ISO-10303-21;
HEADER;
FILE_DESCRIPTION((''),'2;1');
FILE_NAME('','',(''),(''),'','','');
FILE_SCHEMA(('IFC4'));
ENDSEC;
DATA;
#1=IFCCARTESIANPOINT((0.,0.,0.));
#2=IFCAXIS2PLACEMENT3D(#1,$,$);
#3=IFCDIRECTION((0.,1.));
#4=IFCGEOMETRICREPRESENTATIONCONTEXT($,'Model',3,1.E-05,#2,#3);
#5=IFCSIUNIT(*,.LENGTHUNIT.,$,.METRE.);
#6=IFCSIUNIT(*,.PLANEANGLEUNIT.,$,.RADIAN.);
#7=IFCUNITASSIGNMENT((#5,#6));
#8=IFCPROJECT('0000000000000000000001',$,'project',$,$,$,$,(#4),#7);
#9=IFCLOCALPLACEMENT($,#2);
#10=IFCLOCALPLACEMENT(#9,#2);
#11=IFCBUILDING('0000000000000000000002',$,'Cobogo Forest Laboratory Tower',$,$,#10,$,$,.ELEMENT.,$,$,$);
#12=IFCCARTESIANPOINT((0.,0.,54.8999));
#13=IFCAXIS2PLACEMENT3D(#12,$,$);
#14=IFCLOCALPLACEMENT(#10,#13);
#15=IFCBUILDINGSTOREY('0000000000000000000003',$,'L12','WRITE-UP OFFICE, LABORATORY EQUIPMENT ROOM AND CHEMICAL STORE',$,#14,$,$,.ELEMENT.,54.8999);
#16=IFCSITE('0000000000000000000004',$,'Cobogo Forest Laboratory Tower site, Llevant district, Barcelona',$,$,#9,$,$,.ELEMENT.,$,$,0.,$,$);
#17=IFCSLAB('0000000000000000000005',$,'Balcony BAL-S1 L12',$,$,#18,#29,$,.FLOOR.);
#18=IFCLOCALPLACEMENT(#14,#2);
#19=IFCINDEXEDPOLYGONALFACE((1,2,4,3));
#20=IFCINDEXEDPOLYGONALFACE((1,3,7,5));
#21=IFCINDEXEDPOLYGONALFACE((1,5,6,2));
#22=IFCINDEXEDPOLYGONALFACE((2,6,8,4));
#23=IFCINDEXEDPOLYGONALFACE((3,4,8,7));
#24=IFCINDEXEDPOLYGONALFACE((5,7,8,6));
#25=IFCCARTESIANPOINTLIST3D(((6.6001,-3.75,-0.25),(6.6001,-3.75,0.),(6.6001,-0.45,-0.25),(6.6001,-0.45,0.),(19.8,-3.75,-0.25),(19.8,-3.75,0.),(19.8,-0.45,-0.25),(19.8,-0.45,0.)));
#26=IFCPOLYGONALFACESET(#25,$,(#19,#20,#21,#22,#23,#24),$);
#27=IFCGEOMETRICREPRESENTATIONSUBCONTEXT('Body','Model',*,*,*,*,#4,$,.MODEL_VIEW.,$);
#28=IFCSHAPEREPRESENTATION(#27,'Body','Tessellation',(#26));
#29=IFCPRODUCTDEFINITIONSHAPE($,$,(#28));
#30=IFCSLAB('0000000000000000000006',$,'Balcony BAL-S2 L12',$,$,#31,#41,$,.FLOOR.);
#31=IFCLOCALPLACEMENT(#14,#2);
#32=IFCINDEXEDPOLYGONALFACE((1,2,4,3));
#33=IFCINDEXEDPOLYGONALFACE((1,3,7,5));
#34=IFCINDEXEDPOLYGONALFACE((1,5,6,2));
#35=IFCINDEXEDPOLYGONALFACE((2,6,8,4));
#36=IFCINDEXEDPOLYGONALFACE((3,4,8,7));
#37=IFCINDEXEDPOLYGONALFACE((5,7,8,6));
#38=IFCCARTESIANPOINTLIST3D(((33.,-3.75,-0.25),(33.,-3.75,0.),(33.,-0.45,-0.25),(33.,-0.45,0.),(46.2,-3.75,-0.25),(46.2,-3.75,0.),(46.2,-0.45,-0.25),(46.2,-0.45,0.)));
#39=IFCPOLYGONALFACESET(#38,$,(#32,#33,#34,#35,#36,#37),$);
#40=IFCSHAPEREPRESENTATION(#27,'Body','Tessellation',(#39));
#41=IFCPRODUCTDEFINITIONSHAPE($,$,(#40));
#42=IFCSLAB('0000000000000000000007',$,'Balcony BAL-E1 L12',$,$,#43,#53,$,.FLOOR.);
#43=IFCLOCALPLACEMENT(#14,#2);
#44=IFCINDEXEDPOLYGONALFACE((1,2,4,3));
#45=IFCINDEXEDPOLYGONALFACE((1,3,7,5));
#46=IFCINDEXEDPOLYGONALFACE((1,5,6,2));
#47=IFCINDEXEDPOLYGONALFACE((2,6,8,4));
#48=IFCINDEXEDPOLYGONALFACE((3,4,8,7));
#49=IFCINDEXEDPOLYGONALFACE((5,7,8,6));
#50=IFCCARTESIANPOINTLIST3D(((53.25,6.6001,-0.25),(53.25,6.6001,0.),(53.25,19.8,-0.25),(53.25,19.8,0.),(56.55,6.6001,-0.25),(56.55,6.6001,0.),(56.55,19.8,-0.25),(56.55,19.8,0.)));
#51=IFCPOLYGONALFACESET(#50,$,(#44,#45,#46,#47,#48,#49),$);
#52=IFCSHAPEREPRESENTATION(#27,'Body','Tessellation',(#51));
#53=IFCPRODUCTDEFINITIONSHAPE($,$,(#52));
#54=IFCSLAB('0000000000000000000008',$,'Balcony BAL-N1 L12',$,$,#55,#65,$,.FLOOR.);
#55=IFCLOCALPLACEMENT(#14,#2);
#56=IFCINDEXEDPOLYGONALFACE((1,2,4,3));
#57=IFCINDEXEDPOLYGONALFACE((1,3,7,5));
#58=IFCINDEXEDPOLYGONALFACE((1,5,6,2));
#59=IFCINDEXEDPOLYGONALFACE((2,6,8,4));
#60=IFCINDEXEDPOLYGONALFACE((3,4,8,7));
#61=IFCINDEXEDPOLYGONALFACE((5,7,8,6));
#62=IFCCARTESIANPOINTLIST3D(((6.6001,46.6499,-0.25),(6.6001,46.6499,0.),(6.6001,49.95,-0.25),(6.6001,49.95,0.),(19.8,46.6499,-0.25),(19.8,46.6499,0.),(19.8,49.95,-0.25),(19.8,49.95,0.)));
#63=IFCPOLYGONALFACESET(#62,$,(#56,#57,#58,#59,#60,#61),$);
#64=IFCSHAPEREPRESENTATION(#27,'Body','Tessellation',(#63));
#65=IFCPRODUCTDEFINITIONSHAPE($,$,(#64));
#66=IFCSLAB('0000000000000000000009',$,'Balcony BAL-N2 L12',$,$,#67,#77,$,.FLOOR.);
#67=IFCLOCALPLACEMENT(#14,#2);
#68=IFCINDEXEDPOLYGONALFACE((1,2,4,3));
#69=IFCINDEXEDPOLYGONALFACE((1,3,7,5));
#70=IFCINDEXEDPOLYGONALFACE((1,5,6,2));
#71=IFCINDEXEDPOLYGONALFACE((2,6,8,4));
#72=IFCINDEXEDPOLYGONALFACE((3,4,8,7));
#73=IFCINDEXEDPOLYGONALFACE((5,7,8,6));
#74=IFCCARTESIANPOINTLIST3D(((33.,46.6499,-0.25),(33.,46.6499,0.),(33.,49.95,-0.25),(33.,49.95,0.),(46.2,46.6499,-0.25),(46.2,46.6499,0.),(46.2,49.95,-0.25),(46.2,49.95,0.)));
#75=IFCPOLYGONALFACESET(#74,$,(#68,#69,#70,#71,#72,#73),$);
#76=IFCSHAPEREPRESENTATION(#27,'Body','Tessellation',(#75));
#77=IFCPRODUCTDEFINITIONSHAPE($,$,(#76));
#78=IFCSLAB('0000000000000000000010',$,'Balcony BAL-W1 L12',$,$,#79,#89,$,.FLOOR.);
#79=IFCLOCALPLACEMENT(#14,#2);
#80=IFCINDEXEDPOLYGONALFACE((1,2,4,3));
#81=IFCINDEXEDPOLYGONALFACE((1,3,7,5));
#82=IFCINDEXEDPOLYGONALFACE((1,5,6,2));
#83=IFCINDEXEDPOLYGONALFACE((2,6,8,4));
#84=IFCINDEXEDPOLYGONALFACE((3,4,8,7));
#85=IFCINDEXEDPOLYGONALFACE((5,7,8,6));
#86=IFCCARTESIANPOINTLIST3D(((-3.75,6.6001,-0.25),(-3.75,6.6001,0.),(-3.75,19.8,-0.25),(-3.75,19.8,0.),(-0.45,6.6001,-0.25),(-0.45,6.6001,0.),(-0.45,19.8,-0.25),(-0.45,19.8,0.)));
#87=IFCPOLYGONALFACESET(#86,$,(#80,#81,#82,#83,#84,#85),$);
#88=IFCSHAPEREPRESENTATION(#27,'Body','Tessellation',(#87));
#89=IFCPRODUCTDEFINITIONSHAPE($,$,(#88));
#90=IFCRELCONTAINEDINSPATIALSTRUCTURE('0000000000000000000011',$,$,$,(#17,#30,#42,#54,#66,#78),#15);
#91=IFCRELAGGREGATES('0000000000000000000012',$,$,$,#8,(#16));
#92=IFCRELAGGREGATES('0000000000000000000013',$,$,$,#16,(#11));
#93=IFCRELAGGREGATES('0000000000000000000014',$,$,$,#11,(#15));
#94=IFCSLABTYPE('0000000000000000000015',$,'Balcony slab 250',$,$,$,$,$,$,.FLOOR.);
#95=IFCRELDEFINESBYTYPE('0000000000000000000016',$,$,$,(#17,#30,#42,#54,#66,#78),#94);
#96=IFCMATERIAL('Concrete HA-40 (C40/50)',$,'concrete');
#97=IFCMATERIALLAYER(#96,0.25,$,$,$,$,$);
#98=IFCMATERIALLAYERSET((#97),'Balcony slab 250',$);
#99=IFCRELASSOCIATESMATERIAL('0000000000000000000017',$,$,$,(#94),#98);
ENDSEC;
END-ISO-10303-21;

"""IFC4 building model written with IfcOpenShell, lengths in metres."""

from ifc_helpers import new_model, si_unit, direction, frame, origin, place, context, subcontext, project, spatial, polyline, outline, extrude, material, layer, layer_set, type_object, element, save


model = new_model("IFC4")

# Units and contexts
model_context = context("Model", 3, precision=1e-05, world=origin(), true_north=direction((0.0, 1.0)))
body_context = subcontext(model_context, "Body", "Model", "MODEL_VIEW")
ifc_project = project(units=[si_unit("LENGTHUNIT", "METRE"), si_unit("PLANEANGLEUNIT", "RADIAN")], contexts=[model_context])

# Site, building, storey
site_placement = place(None, origin())
site = spatial("IfcSite", under=ifc_project, at=site_placement, Name="Cobogo Forest Laboratory Tower site, Llevant district, Barcelona", CompositionType="ELEMENT", RefElevation=0.0)
building_placement = place(site_placement, origin())
building = spatial("IfcBuilding", under=site, at=building_placement, Name="Cobogo Forest Laboratory Tower", CompositionType="ELEMENT")
storey_placement = place(building_placement, frame((0.0, 0.0, 54.8999)))
storey = spatial("IfcBuildingStorey", under=building, at=storey_placement, Name="L12", Description="WRITE-UP OFFICE, LABORATORY EQUIPMENT ROOM AND CHEMICAL STORE", CompositionType="ELEMENT", Elevation=54.8999)

# Slabs
ifc_material_1 = material(Name="Concrete HA-40 (C40/50)", Category="concrete")
ifc_layer_1 = layer(ifc_material_1, 0.25)
ifc_layer_set_1 = layer_set([ifc_layer_1], Name="Balcony slab 250")
slab_type_1 = type_object("IfcSlabType", Name="Balcony slab 250", PredefinedType="FLOOR", material=ifc_layer_set_1)
slab_1_placement = place(storey_placement, frame((0.0, 0.0, -0.25)))
element("IfcSlab", 1, at=slab_1_placement, inside=storey, type_object=slab_type_1, Name="Balcony BAL-S1 L12", PredefinedType="FLOOR", context=body_context, shape_type="SweptSolid", body=[
    extrude(outline(polyline([(6.6001, -3.75), (19.8, -3.75), (19.8, -0.45), (6.6001, -0.45), (6.6001, -3.75)])), origin(), (0.0, 0.0, 1.0), 0.25),
])
slab_2_placement = place(storey_placement, frame((0.0, 0.0, -0.25)))
element("IfcSlab", 2, at=slab_2_placement, inside=storey, type_object=slab_type_1, Name="Balcony BAL-S2 L12", PredefinedType="FLOOR", context=body_context, shape_type="SweptSolid", body=[
    extrude(outline(polyline([(33.0, -3.75), (46.2, -3.75), (46.2, -0.45), (33.0, -0.45), (33.0, -3.75)])), origin(), (0.0, 0.0, 1.0), 0.25),
])
slab_3_placement = place(storey_placement, frame((0.0, 0.0, -0.25)))
element("IfcSlab", 3, at=slab_3_placement, inside=storey, type_object=slab_type_1, Name="Balcony BAL-E1 L12", PredefinedType="FLOOR", context=body_context, shape_type="SweptSolid", body=[
    extrude(outline(polyline([(53.25, 6.6001), (56.55, 6.6001), (56.55, 19.8), (53.25, 19.8), (53.25, 6.6001)])), origin(), (0.0, 0.0, 1.0), 0.25),
])
slab_4_placement = place(storey_placement, frame((0.0, 0.0, -0.25)))
element("IfcSlab", 4, at=slab_4_placement, inside=storey, type_object=slab_type_1, Name="Balcony BAL-N1 L12", PredefinedType="FLOOR", context=body_context, shape_type="SweptSolid", body=[
    extrude(outline(polyline([(6.6001, 46.6499), (19.8, 46.6499), (19.8, 49.95), (6.6001, 49.95), (6.6001, 46.6499)])), origin(), (0.0, 0.0, 1.0), 0.25),
])
slab_5_placement = place(storey_placement, frame((0.0, 0.0, -0.25)))
element("IfcSlab", 5, at=slab_5_placement, inside=storey, type_object=slab_type_1, Name="Balcony BAL-N2 L12", PredefinedType="FLOOR", context=body_context, shape_type="SweptSolid", body=[
    extrude(outline(polyline([(33.0, 46.6499), (46.2, 46.6499), (46.2, 49.95), (33.0, 49.95), (33.0, 46.6499)])), origin(), (0.0, 0.0, 1.0), 0.25),
])
slab_6_placement = place(storey_placement, frame((0.0, 0.0, -0.25)))
element("IfcSlab", 6, at=slab_6_placement, inside=storey, type_object=slab_type_1, Name="Balcony BAL-W1 L12", PredefinedType="FLOOR", context=body_context, shape_type="SweptSolid", body=[
    extrude(outline(polyline([(-3.75, 6.6001), (-0.45, 6.6001), (-0.45, 19.8), (-3.75, 19.8), (-3.75, 6.6001)])), origin(), (0.0, 0.0, 1.0), 0.25),
])

save(model, "model.ifc")
